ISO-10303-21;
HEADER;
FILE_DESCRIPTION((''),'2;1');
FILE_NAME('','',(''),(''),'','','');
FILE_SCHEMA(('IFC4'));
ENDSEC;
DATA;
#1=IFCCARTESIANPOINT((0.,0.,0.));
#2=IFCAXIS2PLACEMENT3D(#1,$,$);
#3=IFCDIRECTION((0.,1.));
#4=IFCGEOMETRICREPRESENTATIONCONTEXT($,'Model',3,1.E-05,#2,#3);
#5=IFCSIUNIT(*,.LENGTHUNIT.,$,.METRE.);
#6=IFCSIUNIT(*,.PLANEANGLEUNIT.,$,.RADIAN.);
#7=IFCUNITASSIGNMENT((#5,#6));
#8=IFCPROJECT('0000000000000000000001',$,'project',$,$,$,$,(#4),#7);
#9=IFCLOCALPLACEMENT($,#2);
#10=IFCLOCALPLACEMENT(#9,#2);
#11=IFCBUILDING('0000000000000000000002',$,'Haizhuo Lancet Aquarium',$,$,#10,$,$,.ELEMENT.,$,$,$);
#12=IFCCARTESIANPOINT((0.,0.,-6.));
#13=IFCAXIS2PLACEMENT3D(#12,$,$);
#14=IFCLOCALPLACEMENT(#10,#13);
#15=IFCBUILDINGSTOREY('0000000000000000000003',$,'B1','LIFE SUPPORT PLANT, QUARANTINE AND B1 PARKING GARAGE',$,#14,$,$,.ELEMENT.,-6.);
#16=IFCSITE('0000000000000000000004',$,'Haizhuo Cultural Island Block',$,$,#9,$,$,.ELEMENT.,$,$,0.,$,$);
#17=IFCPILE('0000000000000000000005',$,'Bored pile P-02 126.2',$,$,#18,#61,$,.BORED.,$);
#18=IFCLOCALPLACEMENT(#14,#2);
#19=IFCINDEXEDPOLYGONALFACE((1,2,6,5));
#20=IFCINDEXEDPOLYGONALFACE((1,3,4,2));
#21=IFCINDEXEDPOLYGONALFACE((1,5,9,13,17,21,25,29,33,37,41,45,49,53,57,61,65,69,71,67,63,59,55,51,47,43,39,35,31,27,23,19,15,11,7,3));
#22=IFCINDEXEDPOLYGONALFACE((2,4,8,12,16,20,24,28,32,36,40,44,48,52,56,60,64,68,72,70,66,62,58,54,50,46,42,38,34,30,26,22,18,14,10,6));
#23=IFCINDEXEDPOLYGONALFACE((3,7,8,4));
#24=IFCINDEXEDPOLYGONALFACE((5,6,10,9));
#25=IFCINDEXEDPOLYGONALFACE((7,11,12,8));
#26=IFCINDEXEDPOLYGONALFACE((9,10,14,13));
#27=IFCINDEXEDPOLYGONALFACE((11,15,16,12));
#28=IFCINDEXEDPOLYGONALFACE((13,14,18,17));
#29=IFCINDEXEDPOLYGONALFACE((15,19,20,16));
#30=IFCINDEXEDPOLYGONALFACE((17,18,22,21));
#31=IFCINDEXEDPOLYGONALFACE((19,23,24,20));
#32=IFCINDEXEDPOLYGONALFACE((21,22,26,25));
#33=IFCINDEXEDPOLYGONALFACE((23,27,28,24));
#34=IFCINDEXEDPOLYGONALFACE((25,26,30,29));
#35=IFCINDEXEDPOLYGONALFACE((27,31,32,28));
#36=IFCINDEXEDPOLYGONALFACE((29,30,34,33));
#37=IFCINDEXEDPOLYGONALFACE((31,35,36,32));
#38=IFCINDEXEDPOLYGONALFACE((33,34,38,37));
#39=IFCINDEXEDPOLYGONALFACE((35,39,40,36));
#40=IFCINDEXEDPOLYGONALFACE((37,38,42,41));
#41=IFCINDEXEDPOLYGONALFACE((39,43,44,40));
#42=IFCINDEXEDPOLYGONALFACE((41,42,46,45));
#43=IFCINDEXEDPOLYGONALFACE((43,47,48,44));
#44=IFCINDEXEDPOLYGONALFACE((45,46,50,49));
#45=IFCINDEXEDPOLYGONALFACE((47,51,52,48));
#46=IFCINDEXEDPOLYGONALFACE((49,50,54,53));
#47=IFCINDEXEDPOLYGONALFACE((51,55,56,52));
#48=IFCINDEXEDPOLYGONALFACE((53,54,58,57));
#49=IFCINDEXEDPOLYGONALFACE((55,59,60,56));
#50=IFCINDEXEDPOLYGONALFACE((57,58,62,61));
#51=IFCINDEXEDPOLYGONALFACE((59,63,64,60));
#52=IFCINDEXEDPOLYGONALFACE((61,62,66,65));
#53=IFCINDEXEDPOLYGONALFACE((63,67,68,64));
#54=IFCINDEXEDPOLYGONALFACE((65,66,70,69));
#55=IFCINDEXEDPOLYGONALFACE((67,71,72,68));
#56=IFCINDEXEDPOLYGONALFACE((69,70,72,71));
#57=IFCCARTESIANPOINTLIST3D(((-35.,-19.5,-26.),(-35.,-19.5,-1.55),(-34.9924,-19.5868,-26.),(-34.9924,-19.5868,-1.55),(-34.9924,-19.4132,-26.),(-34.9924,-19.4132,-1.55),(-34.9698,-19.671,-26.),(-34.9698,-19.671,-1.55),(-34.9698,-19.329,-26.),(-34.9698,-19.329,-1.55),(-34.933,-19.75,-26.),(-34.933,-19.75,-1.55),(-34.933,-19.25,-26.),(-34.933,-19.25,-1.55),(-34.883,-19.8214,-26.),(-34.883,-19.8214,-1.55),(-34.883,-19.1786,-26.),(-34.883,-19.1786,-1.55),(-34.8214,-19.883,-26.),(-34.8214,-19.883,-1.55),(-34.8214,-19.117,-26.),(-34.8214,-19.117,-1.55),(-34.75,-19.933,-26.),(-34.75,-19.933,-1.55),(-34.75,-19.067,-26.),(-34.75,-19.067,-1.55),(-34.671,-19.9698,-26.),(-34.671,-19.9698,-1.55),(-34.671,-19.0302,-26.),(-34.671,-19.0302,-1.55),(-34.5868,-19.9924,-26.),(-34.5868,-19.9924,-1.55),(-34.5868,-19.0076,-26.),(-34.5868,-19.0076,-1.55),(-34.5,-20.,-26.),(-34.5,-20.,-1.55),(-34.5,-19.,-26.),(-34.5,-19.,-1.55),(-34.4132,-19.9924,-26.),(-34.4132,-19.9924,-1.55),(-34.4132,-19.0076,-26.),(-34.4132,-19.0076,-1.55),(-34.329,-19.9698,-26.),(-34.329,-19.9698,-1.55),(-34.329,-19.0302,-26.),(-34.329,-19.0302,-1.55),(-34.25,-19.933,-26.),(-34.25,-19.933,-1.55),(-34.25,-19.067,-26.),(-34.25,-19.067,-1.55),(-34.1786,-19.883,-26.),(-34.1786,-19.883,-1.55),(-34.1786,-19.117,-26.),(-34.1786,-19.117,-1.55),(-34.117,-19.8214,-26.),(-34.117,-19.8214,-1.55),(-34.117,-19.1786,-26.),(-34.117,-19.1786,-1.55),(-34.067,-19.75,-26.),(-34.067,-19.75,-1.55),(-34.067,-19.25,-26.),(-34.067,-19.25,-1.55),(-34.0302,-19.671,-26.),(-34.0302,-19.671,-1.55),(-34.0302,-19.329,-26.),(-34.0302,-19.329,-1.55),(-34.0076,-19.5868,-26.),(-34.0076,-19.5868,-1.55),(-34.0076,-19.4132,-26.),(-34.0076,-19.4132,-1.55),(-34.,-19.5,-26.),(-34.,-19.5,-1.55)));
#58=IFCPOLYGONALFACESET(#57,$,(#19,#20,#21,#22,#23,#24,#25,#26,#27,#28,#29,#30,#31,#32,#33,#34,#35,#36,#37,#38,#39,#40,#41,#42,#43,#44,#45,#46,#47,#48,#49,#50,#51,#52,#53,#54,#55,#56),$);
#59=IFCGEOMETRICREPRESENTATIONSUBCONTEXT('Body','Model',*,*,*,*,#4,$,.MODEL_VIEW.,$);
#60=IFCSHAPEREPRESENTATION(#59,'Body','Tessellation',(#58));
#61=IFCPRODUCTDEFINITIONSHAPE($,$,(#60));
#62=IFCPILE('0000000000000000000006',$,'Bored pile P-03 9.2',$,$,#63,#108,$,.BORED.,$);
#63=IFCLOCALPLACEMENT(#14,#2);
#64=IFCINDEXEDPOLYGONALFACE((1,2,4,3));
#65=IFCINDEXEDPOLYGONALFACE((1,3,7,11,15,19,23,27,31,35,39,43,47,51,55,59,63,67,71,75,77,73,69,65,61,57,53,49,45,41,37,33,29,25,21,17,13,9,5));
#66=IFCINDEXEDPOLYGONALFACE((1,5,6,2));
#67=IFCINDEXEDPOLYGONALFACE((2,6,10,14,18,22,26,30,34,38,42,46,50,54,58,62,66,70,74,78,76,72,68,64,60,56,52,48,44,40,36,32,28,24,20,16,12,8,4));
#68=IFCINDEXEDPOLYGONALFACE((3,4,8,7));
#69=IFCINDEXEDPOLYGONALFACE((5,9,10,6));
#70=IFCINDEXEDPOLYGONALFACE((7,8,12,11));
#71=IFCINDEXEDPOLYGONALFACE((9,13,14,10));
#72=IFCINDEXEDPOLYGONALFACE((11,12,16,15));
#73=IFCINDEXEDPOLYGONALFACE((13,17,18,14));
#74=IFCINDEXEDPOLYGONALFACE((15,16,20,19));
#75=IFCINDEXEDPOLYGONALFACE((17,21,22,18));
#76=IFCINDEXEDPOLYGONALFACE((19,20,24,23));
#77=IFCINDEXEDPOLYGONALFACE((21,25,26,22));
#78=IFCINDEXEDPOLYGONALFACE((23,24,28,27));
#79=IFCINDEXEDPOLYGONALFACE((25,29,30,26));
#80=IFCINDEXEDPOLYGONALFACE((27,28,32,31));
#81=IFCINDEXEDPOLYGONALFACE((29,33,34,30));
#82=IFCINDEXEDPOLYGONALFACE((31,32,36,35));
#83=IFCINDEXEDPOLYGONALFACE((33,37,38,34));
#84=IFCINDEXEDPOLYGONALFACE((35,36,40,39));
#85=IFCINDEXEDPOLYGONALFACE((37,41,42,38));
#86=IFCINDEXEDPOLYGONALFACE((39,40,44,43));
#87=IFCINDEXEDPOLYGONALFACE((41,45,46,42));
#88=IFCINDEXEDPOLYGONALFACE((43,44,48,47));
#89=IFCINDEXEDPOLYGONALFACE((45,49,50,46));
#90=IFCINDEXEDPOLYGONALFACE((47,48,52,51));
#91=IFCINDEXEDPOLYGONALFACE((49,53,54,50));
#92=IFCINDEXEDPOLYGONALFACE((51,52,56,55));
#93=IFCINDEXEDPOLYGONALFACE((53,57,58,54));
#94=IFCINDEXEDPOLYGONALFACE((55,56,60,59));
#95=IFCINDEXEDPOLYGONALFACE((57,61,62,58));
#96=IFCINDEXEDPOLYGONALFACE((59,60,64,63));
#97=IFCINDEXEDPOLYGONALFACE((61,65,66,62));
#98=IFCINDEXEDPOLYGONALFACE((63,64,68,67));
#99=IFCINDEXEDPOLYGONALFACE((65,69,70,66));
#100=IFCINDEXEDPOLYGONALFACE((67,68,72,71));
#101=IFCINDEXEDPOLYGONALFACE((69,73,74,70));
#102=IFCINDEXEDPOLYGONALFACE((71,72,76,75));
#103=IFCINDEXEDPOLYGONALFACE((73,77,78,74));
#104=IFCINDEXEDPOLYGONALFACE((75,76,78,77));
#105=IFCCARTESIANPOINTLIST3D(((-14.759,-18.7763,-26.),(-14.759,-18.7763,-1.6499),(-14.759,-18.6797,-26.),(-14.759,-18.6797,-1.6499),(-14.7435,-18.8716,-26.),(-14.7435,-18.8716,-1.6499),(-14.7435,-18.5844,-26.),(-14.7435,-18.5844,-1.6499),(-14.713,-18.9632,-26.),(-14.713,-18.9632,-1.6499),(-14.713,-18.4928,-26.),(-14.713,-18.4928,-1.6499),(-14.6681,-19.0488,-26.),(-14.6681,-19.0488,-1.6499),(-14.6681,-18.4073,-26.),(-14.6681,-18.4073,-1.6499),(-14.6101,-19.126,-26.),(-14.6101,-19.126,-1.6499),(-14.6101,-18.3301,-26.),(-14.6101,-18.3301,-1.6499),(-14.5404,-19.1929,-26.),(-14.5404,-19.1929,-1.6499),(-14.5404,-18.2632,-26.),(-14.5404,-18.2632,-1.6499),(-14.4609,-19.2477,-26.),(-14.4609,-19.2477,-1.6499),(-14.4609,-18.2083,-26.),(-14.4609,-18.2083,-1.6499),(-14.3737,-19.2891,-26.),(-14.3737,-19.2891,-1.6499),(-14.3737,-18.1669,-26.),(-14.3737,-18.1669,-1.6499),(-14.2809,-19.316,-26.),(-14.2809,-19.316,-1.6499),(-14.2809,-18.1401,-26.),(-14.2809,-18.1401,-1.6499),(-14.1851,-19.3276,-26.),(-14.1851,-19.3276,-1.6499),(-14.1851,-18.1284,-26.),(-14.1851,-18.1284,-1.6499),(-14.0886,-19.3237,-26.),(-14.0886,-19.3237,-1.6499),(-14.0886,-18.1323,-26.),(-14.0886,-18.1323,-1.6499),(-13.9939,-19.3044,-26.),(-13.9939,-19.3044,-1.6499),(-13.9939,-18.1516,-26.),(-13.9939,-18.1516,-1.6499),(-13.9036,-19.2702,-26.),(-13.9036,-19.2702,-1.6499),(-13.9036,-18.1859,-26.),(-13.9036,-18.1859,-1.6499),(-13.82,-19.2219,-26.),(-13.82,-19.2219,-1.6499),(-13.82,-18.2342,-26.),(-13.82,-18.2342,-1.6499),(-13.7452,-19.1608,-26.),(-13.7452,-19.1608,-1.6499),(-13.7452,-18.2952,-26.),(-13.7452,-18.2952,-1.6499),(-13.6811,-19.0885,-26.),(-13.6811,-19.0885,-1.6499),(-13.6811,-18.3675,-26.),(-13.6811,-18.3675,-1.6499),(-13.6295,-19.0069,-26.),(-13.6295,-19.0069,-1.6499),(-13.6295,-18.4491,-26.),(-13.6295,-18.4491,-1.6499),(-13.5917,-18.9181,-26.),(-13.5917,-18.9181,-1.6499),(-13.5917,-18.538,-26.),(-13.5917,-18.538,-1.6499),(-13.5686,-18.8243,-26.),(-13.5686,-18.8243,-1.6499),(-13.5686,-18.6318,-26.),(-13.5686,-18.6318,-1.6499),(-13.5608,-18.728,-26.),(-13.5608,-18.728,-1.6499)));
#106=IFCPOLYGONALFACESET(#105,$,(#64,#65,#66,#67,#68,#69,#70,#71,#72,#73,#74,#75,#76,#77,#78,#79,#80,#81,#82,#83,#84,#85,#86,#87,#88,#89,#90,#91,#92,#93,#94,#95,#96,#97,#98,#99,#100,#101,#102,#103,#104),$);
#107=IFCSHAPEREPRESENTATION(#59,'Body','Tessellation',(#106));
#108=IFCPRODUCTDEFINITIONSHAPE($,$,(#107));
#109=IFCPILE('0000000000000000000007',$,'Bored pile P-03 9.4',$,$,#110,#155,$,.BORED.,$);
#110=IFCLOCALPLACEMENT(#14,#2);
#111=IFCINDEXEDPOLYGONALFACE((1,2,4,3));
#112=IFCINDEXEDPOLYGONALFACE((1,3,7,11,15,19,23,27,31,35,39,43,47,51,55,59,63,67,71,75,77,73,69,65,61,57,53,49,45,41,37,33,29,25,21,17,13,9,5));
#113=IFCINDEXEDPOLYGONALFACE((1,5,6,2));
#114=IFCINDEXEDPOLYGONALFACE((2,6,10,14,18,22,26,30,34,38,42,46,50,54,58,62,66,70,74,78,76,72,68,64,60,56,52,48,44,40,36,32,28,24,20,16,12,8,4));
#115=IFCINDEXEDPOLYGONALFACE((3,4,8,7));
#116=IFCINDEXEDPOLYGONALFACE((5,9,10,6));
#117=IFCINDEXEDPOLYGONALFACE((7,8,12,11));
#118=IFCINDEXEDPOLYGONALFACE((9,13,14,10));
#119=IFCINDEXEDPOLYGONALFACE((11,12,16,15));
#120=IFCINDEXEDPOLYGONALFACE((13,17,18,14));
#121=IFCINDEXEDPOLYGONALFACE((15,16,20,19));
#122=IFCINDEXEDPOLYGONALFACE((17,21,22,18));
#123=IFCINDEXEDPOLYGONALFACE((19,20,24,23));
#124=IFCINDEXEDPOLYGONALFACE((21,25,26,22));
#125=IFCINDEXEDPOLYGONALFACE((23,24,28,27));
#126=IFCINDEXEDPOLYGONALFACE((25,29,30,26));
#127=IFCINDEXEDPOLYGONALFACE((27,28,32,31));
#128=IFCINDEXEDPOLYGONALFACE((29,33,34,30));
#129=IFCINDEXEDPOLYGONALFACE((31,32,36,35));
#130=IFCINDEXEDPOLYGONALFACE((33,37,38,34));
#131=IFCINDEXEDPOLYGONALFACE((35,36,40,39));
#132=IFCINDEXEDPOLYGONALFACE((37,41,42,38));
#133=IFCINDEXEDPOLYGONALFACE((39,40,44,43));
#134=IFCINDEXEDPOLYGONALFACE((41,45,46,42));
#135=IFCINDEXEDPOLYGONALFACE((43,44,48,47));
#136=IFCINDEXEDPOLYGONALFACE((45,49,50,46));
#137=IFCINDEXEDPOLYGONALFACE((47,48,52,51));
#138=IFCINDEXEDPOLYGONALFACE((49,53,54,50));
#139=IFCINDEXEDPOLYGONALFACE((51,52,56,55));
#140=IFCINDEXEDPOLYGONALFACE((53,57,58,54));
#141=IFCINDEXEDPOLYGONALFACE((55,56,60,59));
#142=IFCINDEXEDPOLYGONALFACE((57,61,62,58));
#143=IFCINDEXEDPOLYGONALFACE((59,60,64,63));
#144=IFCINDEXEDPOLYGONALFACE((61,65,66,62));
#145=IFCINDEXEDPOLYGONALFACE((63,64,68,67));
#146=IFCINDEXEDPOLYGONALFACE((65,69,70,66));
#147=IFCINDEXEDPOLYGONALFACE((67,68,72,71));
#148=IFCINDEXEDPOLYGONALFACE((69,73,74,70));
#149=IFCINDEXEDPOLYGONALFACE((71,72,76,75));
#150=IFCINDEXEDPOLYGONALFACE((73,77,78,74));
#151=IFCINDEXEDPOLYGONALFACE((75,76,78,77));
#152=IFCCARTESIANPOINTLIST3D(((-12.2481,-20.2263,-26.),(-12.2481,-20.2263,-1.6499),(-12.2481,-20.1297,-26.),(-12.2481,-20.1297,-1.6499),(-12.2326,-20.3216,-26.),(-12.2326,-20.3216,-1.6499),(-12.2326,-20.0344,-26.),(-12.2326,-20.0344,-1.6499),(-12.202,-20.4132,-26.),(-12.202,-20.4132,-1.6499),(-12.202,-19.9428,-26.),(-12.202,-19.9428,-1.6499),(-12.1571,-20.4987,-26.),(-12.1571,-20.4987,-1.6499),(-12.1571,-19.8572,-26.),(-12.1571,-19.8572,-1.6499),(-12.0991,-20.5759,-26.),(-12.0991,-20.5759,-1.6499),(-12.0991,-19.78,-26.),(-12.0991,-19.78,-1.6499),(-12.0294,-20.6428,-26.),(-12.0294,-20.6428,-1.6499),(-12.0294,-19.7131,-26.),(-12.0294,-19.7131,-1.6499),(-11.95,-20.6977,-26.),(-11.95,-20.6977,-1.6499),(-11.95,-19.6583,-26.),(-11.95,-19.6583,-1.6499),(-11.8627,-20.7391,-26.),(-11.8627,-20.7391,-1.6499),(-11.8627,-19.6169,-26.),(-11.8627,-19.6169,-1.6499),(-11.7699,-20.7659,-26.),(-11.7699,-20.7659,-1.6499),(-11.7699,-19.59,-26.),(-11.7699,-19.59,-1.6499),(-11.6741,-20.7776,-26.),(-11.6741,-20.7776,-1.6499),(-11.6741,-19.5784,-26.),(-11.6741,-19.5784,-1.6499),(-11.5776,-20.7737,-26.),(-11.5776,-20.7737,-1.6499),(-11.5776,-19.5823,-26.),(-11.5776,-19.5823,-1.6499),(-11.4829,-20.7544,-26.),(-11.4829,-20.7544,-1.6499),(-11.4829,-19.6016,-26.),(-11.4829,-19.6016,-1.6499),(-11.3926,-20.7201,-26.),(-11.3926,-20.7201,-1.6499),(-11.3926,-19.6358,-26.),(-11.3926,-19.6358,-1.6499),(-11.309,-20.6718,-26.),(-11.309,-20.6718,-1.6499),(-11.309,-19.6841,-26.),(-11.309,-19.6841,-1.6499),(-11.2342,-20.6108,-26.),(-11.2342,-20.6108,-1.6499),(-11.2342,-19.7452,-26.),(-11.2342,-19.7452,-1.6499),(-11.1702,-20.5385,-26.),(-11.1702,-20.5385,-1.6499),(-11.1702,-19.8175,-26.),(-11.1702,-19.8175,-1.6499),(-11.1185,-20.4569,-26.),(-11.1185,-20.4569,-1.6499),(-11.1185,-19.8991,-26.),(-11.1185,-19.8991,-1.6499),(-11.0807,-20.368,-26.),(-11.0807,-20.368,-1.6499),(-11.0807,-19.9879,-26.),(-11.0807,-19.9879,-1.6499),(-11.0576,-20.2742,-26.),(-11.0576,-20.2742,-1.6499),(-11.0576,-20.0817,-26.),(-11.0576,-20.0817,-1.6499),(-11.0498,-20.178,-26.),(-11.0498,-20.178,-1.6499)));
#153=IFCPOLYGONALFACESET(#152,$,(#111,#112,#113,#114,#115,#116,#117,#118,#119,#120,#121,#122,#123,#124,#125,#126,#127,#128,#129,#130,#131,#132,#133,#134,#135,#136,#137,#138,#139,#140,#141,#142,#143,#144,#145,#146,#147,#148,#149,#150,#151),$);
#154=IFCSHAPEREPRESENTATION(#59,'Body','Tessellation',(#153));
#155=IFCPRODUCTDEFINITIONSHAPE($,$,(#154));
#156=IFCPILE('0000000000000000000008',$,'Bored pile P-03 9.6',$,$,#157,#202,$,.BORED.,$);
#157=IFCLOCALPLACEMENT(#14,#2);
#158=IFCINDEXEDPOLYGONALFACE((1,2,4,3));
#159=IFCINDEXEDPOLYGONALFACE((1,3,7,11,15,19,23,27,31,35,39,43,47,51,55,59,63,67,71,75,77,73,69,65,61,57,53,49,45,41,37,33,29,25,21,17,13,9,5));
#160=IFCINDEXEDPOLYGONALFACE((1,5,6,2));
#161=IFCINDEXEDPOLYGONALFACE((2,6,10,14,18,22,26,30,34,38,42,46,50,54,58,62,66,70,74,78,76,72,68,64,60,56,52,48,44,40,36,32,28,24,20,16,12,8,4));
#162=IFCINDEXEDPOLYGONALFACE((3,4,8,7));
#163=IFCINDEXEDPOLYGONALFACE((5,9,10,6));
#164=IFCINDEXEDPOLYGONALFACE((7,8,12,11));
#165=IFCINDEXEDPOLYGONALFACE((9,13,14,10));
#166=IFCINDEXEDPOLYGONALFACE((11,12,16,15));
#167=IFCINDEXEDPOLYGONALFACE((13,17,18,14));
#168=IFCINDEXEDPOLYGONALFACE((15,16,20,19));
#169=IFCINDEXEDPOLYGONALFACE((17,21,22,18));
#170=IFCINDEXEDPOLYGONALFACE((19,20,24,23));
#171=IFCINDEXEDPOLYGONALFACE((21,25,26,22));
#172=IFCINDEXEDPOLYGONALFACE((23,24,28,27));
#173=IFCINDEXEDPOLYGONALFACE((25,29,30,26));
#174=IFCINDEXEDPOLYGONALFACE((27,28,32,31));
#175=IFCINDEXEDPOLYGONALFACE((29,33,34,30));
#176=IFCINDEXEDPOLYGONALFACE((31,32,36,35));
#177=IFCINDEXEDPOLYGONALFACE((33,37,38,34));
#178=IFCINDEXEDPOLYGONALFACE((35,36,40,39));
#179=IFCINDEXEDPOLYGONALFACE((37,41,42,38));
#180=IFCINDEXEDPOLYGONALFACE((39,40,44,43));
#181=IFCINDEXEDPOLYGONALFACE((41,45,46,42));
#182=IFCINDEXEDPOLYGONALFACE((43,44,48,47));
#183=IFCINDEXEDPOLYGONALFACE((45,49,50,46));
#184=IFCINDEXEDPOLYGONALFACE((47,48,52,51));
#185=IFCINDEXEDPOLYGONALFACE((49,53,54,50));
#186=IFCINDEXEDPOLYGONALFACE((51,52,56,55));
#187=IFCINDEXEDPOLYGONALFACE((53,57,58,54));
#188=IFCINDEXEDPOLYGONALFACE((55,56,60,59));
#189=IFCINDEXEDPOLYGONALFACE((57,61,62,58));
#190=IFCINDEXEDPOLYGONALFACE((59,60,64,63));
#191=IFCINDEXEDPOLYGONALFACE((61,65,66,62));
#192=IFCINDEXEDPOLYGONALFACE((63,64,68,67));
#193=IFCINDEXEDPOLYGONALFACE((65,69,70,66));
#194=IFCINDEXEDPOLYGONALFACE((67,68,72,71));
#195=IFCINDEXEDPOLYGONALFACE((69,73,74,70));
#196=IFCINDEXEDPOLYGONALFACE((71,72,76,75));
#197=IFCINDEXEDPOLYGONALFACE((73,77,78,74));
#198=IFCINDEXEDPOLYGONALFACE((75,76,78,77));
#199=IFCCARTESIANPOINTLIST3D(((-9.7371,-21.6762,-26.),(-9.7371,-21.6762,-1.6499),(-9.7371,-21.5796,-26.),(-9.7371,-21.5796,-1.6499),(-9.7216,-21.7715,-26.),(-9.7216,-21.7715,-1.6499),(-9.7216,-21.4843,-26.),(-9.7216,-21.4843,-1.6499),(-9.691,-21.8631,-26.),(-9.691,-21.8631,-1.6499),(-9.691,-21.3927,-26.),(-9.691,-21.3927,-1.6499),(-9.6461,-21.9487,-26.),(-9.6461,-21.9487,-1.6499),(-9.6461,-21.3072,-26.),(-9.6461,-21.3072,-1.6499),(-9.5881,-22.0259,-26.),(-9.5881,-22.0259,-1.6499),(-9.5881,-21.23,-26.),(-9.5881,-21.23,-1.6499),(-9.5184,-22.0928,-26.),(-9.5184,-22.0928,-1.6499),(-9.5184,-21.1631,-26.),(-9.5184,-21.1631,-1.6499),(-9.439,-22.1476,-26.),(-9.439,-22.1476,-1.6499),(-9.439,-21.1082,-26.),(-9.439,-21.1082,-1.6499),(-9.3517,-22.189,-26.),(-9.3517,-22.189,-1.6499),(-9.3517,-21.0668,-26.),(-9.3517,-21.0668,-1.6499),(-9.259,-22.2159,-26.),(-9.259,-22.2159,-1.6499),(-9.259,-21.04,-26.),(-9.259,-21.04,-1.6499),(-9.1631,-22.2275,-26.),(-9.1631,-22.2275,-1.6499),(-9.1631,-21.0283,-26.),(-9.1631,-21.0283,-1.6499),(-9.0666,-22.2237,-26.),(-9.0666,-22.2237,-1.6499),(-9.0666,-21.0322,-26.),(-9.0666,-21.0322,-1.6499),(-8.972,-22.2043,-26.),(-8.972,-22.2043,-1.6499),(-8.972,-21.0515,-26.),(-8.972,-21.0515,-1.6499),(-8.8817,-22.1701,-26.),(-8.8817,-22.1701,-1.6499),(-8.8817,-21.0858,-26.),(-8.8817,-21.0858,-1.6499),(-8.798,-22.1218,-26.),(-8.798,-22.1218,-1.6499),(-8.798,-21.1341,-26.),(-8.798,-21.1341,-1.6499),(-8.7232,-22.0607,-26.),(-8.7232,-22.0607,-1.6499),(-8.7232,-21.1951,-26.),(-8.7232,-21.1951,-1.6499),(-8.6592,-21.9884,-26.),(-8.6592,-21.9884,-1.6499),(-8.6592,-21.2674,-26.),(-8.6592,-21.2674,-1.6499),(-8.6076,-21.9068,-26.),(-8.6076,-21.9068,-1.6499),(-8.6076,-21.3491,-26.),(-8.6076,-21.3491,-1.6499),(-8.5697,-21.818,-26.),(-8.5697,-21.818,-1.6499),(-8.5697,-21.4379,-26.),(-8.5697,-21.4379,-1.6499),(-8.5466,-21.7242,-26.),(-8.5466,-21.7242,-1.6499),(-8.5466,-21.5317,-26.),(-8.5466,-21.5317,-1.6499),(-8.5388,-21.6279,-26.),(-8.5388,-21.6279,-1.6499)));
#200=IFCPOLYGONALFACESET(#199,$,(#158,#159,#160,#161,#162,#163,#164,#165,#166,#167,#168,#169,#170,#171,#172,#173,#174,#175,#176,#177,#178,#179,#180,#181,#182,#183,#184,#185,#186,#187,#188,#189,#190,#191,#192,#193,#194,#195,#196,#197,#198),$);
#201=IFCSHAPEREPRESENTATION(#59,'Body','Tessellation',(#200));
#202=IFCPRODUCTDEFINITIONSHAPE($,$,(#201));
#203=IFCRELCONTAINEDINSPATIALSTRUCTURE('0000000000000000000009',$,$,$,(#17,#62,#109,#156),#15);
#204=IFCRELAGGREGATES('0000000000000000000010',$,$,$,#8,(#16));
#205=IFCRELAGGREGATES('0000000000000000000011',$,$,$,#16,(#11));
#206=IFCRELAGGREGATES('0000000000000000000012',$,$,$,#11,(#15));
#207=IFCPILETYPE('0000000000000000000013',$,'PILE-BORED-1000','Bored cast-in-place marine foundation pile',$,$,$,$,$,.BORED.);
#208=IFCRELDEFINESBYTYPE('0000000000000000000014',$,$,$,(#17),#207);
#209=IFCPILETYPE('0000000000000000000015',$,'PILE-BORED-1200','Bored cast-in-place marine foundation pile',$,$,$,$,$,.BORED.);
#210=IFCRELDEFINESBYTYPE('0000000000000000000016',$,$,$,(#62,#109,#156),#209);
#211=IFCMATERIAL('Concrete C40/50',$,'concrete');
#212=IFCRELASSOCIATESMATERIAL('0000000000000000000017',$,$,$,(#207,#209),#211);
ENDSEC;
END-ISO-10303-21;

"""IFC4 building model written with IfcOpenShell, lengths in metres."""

from ifc_helpers import new_model, si_unit, direction, frame, origin, origin_2d, place, context, subcontext, project, spatial, circle, extrude, material, material_profile, profile_set, type_object, element, save


model = new_model("IFC4")

# Units and contexts
model_context = context("Model", 3, precision=1e-05, world=origin(), true_north=direction((0.0, 1.0)))
body_context = subcontext(model_context, "Body", "Model", "MODEL_VIEW")
ifc_project = project(units=[si_unit("LENGTHUNIT", "METRE"), si_unit("PLANEANGLEUNIT", "RADIAN")], contexts=[model_context])

# Site, building, storey
site_placement = place(None, origin())
site = spatial("IfcSite", under=ifc_project, at=site_placement, Name="Haizhuo Cultural Island Block", CompositionType="ELEMENT", RefElevation=0.0)
building_placement = place(site_placement, origin())
building = spatial("IfcBuilding", under=site, at=building_placement, Name="Haizhuo Lancet Aquarium", CompositionType="ELEMENT")
storey_placement = place(building_placement, frame((0.0, 0.0, -6.0)))
storey = spatial("IfcBuildingStorey", under=building, at=storey_placement, Name="B1", Description="LIFE SUPPORT PLANT, QUARANTINE AND B1 PARKING GARAGE", CompositionType="ELEMENT", Elevation=-6.0)

# Shared definitions
ifc_material_1 = material(Name="Concrete C40/50", Category="concrete")

# Piles
ifc_material_profile_1 = material_profile(ifc_material_1, circle(Radius=0.5, at=origin_2d()), Name="PILE-1000")
ifc_profile_set_1 = profile_set([ifc_material_profile_1], Name="Concrete C40/50")
pile_type_1 = type_object("IfcPileType", Name="PILE-BORED-1000", Description="Bored cast-in-place marine foundation pile", PredefinedType="BORED", material=ifc_profile_set_1)
pile_1_placement = place(storey_placement, frame((-34.5, -19.5, -1.55), z_axis=(0.0, 0.0, -1.0), x_axis=(1.0, 0.0, 0.0)))
element("IfcPile", 1, at=pile_1_placement, inside=storey, type_object=pile_type_1, Name="Bored pile P-02 126.2", PredefinedType="BORED", context=body_context, shape_type="SweptSolid", body=[
    extrude(circle(Radius=0.5, at=origin_2d()), origin(), (0.0, 0.0, 1.0), 24.45),
])
ifc_material_profile_2 = material_profile(ifc_material_1, circle(Radius=0.6001, at=origin_2d()), Name="PILE-1200")
ifc_profile_set_2 = profile_set([ifc_material_profile_2], Name="Concrete C40/50")
pile_type_2 = type_object("IfcPileType", Name="PILE-BORED-1200", Description="Bored cast-in-place marine foundation pile", PredefinedType="BORED", material=ifc_profile_set_2)
for number, where, z_axis, x_axis, name in (
    (2, (-14.1609, -18.728, -1.6499), (0.0, 0.0, -1.0), (1.0, 0.0, 0.0), "Bored pile P-03 9.2"),
    (3, (-11.6499, -20.178, -1.6499), (0.0, 0.0, -1.0), (1.0, 0.0, 0.0), "Bored pile P-03 9.4"),
    (4, (-9.1389, -21.6279, -1.6499), (0.0, 0.0, -1.0), (1.0, 0.0, 0.0), "Bored pile P-03 9.6"),
):
    element("IfcPile", number, at=place(storey_placement, frame(where, z_axis=z_axis, x_axis=x_axis)), inside=storey, type_object=pile_type_2, Name=name, PredefinedType="BORED", context=body_context, shape_type="SweptSolid", body=[
        extrude(circle(Radius=0.6001, at=origin_2d()), origin(), (0.0, 0.0, 1.0), 24.3501),
    ])

save(model, "model.ifc")
